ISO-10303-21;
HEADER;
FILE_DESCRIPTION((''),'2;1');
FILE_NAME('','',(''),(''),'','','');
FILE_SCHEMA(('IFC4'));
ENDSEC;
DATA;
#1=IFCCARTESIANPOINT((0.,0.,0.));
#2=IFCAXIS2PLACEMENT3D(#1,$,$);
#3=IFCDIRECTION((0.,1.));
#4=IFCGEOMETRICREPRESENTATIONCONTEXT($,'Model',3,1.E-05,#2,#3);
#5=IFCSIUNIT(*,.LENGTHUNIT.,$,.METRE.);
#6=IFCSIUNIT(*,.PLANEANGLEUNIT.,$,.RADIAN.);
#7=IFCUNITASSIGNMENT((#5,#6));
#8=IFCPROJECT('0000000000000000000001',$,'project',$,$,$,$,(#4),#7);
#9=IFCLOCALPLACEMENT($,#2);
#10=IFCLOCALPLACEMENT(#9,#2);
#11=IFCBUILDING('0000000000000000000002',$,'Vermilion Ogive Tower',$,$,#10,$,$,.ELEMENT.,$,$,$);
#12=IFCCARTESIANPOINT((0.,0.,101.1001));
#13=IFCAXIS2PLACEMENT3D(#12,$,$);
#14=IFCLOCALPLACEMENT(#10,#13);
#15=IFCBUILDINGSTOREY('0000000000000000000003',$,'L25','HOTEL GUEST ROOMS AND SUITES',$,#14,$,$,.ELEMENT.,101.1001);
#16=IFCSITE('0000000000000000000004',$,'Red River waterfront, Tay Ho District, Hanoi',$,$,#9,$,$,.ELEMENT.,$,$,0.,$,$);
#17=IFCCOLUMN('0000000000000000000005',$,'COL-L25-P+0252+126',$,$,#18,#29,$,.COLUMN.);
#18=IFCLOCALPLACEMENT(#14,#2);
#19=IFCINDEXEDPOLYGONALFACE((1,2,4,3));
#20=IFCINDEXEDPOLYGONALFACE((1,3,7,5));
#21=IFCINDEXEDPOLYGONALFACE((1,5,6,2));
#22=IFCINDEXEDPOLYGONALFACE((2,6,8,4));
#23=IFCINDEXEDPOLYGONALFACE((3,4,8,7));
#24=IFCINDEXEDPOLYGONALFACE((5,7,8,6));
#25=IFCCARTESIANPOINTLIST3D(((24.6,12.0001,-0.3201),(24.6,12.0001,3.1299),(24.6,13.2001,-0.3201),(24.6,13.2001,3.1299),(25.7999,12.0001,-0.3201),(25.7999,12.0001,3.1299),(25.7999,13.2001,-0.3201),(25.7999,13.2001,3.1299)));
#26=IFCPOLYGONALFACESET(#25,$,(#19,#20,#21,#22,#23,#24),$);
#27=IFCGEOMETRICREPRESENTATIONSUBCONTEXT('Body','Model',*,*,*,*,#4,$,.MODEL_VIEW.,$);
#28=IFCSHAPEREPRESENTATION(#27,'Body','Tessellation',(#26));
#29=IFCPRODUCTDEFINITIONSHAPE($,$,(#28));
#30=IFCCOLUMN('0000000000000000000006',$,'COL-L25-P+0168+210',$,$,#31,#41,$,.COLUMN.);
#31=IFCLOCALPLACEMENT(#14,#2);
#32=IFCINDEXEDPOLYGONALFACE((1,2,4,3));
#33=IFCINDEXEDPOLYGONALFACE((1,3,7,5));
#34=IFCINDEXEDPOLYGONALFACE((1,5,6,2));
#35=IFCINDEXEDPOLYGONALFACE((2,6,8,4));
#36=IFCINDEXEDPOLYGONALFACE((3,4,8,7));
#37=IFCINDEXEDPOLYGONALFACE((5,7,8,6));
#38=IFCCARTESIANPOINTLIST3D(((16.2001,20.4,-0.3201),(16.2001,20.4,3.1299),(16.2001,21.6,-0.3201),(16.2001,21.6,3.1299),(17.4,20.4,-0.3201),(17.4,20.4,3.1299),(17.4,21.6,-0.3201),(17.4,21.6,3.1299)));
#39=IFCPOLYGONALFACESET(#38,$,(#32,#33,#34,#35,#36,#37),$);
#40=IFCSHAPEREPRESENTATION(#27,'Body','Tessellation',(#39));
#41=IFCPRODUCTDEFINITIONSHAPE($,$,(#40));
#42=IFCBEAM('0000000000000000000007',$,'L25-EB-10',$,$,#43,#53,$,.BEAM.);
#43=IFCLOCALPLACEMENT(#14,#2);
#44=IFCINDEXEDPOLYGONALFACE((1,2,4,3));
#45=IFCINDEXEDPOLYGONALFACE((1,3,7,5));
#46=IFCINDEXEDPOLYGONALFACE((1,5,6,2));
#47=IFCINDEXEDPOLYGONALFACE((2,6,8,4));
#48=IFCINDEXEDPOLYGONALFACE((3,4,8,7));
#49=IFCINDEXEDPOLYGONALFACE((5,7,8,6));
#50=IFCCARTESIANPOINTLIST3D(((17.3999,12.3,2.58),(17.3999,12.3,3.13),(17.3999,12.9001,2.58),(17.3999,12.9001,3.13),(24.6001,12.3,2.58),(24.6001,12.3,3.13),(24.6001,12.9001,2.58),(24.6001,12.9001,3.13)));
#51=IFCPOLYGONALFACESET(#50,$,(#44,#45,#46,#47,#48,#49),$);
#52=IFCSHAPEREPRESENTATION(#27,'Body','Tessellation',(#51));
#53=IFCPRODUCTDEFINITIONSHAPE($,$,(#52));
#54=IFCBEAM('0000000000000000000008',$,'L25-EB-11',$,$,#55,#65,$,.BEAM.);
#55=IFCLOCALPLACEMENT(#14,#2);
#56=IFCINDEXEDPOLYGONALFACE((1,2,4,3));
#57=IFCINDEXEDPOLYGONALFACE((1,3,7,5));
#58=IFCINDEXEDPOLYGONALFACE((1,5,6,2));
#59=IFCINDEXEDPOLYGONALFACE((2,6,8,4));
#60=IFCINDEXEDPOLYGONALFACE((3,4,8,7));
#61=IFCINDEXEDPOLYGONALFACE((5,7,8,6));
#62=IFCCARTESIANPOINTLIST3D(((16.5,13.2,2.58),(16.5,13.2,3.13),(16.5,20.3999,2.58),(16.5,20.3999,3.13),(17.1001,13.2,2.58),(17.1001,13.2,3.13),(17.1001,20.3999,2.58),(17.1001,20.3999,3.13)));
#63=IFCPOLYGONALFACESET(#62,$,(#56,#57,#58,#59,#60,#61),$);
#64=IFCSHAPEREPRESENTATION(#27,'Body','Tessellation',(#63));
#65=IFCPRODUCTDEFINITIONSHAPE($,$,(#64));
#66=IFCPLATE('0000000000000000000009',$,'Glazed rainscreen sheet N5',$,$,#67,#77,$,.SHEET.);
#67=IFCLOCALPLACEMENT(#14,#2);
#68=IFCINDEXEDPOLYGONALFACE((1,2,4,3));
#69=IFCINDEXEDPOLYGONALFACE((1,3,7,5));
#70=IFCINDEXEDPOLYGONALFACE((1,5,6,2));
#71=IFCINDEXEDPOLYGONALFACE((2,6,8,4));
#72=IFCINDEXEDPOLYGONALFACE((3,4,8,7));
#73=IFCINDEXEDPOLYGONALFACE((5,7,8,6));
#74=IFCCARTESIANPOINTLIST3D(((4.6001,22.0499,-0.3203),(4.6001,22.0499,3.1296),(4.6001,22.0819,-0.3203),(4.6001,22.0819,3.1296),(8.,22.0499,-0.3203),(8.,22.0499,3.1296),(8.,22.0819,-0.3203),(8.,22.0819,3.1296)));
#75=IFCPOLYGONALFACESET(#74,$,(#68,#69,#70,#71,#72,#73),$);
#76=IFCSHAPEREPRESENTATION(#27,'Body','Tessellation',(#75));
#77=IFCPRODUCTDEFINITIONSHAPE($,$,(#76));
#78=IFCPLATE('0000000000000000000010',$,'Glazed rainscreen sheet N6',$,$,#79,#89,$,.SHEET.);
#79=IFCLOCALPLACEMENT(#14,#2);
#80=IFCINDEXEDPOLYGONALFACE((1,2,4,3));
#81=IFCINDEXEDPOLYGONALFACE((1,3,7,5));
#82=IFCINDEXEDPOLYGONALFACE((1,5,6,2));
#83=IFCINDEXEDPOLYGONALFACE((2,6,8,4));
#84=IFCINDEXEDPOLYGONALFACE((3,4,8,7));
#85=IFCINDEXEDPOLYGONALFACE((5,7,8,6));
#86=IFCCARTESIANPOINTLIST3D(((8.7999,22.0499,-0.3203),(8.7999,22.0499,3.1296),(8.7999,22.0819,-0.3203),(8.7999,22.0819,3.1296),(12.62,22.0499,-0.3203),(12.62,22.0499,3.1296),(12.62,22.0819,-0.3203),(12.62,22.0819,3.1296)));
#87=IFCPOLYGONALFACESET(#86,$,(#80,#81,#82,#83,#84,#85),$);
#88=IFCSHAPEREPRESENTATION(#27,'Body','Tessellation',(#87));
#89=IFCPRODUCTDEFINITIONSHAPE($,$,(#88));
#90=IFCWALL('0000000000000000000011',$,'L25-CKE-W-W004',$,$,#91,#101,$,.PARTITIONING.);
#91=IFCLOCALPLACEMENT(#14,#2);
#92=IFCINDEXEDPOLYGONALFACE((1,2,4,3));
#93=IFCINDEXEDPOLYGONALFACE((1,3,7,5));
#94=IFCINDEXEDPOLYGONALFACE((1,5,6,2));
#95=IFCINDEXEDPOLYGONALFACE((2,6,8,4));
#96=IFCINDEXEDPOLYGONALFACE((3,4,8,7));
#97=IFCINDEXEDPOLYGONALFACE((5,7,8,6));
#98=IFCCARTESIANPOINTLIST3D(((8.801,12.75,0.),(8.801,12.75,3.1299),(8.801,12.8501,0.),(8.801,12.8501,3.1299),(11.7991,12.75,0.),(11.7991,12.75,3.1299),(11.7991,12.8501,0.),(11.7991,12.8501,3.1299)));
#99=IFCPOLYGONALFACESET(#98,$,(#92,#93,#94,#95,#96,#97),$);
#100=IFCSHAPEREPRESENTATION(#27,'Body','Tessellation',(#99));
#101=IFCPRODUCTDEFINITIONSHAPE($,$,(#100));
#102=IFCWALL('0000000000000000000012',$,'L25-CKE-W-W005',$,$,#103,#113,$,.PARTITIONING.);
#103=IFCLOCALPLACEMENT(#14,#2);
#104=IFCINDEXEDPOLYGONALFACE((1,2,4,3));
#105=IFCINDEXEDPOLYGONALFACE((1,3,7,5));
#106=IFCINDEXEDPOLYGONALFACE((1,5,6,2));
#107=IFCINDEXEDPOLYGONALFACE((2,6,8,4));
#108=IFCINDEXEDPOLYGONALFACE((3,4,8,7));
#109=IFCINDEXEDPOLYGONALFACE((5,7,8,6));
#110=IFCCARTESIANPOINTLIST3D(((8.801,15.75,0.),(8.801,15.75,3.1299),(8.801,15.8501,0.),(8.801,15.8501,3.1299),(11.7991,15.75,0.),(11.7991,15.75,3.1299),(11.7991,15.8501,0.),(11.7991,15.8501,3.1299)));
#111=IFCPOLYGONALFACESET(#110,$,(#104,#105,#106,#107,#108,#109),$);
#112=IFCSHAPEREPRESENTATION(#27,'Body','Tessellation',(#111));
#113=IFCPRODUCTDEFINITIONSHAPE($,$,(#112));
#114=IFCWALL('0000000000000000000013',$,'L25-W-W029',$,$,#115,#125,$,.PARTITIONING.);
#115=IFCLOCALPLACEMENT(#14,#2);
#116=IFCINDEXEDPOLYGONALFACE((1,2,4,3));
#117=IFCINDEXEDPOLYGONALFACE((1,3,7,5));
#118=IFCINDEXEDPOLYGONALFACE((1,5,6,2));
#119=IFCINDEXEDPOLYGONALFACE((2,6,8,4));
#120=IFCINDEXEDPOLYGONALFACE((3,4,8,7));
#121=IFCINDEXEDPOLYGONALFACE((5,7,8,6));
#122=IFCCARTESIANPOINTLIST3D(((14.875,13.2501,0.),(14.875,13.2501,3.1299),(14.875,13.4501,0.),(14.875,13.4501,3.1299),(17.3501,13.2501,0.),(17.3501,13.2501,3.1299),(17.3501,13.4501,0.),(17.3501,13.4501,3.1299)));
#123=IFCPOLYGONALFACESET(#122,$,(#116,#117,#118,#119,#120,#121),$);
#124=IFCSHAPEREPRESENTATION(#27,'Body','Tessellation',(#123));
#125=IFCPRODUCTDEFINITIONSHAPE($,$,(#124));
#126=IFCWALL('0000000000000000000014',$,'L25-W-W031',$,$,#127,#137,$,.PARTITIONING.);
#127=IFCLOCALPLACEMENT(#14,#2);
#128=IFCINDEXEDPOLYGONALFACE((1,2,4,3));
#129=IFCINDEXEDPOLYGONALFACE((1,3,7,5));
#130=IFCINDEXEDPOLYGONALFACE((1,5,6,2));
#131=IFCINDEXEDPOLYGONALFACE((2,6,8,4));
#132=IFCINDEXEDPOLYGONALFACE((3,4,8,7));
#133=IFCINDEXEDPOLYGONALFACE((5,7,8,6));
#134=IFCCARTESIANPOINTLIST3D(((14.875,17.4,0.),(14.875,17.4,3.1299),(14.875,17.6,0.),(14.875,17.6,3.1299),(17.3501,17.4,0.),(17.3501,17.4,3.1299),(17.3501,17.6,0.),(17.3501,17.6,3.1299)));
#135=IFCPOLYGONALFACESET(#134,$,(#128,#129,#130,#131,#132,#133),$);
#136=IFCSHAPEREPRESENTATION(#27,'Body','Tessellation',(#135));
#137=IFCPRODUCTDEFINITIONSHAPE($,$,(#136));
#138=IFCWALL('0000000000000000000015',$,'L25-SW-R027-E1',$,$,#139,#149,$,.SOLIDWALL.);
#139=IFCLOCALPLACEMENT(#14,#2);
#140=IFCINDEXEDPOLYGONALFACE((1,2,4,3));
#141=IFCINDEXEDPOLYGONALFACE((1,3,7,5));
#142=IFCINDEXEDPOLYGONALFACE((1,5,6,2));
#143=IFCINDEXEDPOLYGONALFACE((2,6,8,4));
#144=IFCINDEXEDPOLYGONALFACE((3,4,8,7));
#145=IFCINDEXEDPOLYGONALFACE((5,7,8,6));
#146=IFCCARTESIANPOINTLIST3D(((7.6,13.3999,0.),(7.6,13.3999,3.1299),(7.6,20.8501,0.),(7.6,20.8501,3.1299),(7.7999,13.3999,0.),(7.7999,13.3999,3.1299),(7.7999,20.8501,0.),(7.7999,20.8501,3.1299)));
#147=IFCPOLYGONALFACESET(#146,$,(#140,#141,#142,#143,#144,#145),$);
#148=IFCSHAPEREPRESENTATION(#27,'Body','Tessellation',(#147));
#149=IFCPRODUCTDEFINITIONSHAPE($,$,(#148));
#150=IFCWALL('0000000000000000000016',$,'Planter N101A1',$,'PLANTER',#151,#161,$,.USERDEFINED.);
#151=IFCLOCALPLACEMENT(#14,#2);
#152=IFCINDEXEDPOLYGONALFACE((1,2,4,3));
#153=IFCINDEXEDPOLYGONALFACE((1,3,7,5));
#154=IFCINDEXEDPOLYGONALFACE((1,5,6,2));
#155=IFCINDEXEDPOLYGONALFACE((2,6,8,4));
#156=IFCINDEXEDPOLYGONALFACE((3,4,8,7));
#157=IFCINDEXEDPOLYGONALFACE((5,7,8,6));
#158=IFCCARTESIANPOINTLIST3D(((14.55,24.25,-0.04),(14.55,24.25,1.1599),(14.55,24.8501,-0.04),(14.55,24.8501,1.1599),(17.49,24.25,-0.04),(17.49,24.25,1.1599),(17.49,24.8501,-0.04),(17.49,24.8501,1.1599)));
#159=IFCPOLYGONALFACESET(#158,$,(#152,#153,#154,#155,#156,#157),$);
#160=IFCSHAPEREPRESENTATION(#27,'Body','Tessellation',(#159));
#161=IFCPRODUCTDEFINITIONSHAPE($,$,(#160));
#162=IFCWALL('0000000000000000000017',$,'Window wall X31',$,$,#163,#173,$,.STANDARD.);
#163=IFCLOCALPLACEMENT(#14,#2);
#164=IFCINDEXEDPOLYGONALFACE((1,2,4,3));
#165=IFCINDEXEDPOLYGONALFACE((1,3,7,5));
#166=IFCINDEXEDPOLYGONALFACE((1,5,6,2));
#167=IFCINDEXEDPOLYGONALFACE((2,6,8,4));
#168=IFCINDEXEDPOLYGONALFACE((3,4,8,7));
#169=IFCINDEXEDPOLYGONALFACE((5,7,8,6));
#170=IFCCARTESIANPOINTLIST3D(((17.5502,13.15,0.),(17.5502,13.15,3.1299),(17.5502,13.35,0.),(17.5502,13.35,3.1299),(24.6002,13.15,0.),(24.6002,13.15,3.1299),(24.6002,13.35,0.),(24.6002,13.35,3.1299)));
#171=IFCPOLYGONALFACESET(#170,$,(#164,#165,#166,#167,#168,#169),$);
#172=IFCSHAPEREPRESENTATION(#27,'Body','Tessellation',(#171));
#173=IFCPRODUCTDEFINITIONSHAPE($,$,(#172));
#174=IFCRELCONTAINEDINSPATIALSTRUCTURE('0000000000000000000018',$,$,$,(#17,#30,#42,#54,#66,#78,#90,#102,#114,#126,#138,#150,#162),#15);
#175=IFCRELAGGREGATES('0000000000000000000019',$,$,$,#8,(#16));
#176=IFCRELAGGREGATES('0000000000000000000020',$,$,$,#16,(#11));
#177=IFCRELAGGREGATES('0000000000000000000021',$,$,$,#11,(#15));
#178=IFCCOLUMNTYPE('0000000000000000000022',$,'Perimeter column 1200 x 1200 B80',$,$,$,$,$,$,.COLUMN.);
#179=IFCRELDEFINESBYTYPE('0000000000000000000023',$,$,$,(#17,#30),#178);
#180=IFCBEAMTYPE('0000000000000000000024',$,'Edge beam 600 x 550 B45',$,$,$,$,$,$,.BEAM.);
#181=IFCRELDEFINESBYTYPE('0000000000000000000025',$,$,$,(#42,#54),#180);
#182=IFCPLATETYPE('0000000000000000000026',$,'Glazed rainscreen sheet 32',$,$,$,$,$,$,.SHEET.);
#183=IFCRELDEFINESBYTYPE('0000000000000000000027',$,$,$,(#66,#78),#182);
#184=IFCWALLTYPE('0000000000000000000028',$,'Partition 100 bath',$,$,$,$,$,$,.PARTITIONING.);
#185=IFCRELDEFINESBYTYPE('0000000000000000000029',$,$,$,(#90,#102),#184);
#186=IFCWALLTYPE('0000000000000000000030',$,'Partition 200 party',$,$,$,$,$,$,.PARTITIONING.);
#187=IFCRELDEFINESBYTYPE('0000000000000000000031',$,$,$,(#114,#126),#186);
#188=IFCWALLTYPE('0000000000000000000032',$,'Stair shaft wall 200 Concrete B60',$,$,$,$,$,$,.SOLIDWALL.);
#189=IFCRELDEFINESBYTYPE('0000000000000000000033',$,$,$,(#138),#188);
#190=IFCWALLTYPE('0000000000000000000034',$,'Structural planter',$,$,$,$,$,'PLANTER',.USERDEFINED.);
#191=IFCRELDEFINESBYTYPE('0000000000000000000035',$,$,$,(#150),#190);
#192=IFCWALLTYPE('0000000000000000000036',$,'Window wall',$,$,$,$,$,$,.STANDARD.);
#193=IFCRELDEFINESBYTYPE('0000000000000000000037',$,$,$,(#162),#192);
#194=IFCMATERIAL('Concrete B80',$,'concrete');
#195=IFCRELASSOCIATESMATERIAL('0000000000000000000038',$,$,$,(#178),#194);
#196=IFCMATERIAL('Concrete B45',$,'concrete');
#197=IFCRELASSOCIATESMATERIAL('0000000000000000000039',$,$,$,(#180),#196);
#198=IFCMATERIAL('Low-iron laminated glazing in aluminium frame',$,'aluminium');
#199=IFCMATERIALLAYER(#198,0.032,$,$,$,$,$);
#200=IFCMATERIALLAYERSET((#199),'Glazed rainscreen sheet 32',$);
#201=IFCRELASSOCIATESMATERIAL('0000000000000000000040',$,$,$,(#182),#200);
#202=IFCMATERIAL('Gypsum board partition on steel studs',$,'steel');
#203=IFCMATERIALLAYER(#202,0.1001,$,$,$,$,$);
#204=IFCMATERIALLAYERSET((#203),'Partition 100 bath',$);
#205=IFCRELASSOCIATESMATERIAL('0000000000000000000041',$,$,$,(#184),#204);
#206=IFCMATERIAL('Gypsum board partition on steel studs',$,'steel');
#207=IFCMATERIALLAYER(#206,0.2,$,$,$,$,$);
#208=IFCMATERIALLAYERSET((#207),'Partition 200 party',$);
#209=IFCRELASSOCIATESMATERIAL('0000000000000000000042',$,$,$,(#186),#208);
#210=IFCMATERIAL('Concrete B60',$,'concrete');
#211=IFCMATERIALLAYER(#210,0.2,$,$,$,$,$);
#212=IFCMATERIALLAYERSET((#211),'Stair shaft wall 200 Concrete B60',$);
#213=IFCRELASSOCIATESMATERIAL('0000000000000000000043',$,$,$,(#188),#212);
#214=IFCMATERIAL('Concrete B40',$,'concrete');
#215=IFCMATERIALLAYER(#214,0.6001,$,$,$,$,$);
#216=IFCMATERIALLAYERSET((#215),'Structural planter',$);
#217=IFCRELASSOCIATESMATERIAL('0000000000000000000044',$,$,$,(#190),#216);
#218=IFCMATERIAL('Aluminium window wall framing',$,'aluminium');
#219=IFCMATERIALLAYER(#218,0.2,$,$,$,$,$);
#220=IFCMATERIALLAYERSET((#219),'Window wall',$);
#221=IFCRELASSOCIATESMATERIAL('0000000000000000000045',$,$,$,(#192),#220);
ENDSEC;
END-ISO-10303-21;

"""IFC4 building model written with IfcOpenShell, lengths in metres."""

from ifc_helpers import new_model, si_unit, direction, frame, frame_2d, origin, origin_2d, place, context, subcontext, project, spatial, rectangle, extrude, material, layer, layer_set, material_profile, profile_set, type_object, element, save


model = new_model("IFC4")

# Units and contexts
model_context = context("Model", 3, precision=1e-05, world=origin(), true_north=direction((0.0, 1.0)))
body_context = subcontext(model_context, "Body", "Model", "MODEL_VIEW")
ifc_project = project(units=[si_unit("LENGTHUNIT", "METRE"), si_unit("PLANEANGLEUNIT", "RADIAN")], contexts=[model_context])

# Site, building, storey
site_placement = place(None, origin())
site = spatial("IfcSite", under=ifc_project, at=site_placement, Name="Red River waterfront, Tay Ho District, Hanoi", CompositionType="ELEMENT", RefElevation=0.0)
building_placement = place(site_placement, origin())
building = spatial("IfcBuilding", under=site, at=building_placement, Name="Vermilion Ogive Tower", CompositionType="ELEMENT")
storey_placement = place(building_placement, frame((0.0, 0.0, 101.1001)))
storey = spatial("IfcBuildingStorey", under=building, at=storey_placement, Name="L25", Description="HOTEL GUEST ROOMS AND SUITES", CompositionType="ELEMENT", Elevation=101.1001)

# Columns
ifc_material_1 = material(Name="Concrete B80", Category="concrete")
ifc_material_profile_1 = material_profile(ifc_material_1, rectangle(XDim=1.2, YDim=1.2, at=origin_2d()), Name="1200 x 1200")
ifc_profile_set_1 = profile_set([ifc_material_profile_1], Name="Concrete B80")
column_type = type_object("IfcColumnType", Name="Perimeter column 1200 x 1200 B80", PredefinedType="COLUMN", material=ifc_profile_set_1)
for number, where, z_axis, x_axis, name in (
    (1, (25.2, 12.6001, -0.3201), (0.0, 0.0, 1.0), (1.0, 0.0, 0.0), "COL-L25-P+0252+126"),
    (2, (16.8, 21.0, -0.3201), (0.0, 0.0, 1.0), (1.0, 0.0, 0.0), "COL-L25-P+0168+210"),
):
    element("IfcColumn", number, at=place(storey_placement, frame(where, z_axis=z_axis, x_axis=x_axis)), inside=storey, type_object=column_type, Name=name, PredefinedType="COLUMN", context=body_context, shape_type="SweptSolid", body=[
        extrude(rectangle(XDim=1.2, YDim=1.2, at=origin_2d()), origin(), (0.0, 0.0, 1.0), 3.45),
    ])

# Beams
ifc_material_2 = material(Name="Concrete B45", Category="concrete")
ifc_material_profile_2 = material_profile(ifc_material_2, rectangle(XDim=0.6001, YDim=0.55, at=origin_2d()), Name="600 x 550")
ifc_profile_set_2 = profile_set([ifc_material_profile_2], Name="Concrete B45")
beam_type = type_object("IfcBeamType", Name="Edge beam 600 x 550 B45", PredefinedType="BEAM", material=ifc_profile_set_2)
beam_1_placement = place(storey_placement, frame((24.6001, 12.6001, 2.855), z_axis=(-1.0, 0.0, 0.0), x_axis=(0.0, -1.0, 0.0)))
element("IfcBeam", 3, at=beam_1_placement, inside=storey, type_object=beam_type, Name="L25-EB-10", PredefinedType="BEAM", context=body_context, shape_type="SweptSolid", body=[
    extrude(rectangle(XDim=0.6001, YDim=0.55, at=origin_2d()), origin(), (0.0, 0.0, 1.0), 7.2002),
])
beam_2_placement = place(storey_placement, frame((16.8, 13.2, 2.855), z_axis=(0.0, 1.0, 0.0), x_axis=(-1.0, 0.0, 0.0)))
element("IfcBeam", 4, at=beam_2_placement, inside=storey, type_object=beam_type, Name="L25-EB-11", PredefinedType="BEAM", context=body_context, shape_type="SweptSolid", body=[
    extrude(rectangle(XDim=0.6001, YDim=0.55, at=origin_2d()), origin(), (0.0, 0.0, 1.0), 7.2),
])

# Plates
ifc_material_3 = material(Name="Low-iron laminated glazing in aluminium frame", Category="aluminium")
ifc_layer_1 = layer(ifc_material_3, 0.032)
ifc_layer_set_1 = layer_set([ifc_layer_1], Name="Glazed rainscreen sheet 32")
plate_type = type_object("IfcPlateType", Name="Glazed rainscreen sheet 32", PredefinedType="SHEET", material=ifc_layer_set_1)
plate_1_placement = place(storey_placement, frame((6.3, 22.0659, -0.3203), z_axis=(0.0, 0.0, 1.0), x_axis=(1.0, 0.0, 0.0)))
element("IfcPlate", 5, at=plate_1_placement, inside=storey, type_object=plate_type, Name="Glazed rainscreen sheet N5", PredefinedType="SHEET", context=body_context, shape_type="SweptSolid", body=[
    extrude(rectangle(XDim=3.3999, YDim=0.032, at=origin_2d()), origin(), (0.0, 0.0, 1.0), 3.45),
])
plate_2_placement = place(storey_placement, frame((10.71, 22.0659, -0.3203), z_axis=(0.0, 0.0, 1.0), x_axis=(1.0, 0.0, 0.0)))
element("IfcPlate", 6, at=plate_2_placement, inside=storey, type_object=plate_type, Name="Glazed rainscreen sheet N6", PredefinedType="SHEET", context=body_context, shape_type="SweptSolid", body=[
    extrude(rectangle(XDim=3.8201, YDim=0.032, at=origin_2d()), origin(), (0.0, 0.0, 1.0), 3.45),
])

# Walls
ifc_material_4 = material(Name="Gypsum board partition on steel studs", Category="steel")
ifc_layer_2 = layer(ifc_material_4, 0.1001)
ifc_layer_set_2 = layer_set([ifc_layer_2], Name="Partition 100 bath")
wall_type_1 = type_object("IfcWallType", Name="Partition 100 bath", PredefinedType="PARTITIONING", material=ifc_layer_set_2)
for number, where, z_axis, x_axis, name in (
    (7, (8.801, 12.8, 0.0), (0.0, 0.0, 1.0), (1.0, 0.0, 0.0), "L25-CKE-W-W004"),
    (8, (8.801, 15.8, 0.0), (0.0, 0.0, 1.0), (1.0, 0.0, 0.0), "L25-CKE-W-W005"),
):
    element("IfcWall", number, at=place(storey_placement, frame(where, z_axis=z_axis, x_axis=x_axis)), inside=storey, type_object=wall_type_1, Name=name, PredefinedType="PARTITIONING", context=body_context, shape_type="SweptSolid", body=[
        extrude(rectangle(XDim=2.998, YDim=0.1001, at=frame_2d((1.499, 0.0))), origin(), (0.0, 0.0, 1.0), 3.1299),
    ])
ifc_material_5 = material(Name="Gypsum board partition on steel studs", Category="steel")
ifc_layer_3 = layer(ifc_material_5, 0.2)
ifc_layer_set_3 = layer_set([ifc_layer_3], Name="Partition 200 party")
wall_type_2 = type_object("IfcWallType", Name="Partition 200 party", PredefinedType="PARTITIONING", material=ifc_layer_set_3)
for number, where, z_axis, x_axis, name in (
    (9, (14.875, 13.3501, 0.0), (0.0, 0.0, 1.0), (1.0, 0.0, 0.0), "L25-W-W029"),
    (10, (14.875, 17.5, 0.0), (0.0, 0.0, 1.0), (1.0, 0.0, 0.0), "L25-W-W031"),
):
    element("IfcWall", number, at=place(storey_placement, frame(where, z_axis=z_axis, x_axis=x_axis)), inside=storey, type_object=wall_type_2, Name=name, PredefinedType="PARTITIONING", context=body_context, shape_type="SweptSolid", body=[
        extrude(rectangle(XDim=2.4751, YDim=0.2, at=frame_2d((1.2375, 0.0))), origin(), (0.0, 0.0, 1.0), 3.1299),
    ])
ifc_material_6 = material(Name="Concrete B60", Category="concrete")
ifc_layer_4 = layer(ifc_material_6, 0.2)
ifc_layer_set_4 = layer_set([ifc_layer_4], Name="Stair shaft wall 200 Concrete B60")
wall_type_3 = type_object("IfcWallType", Name="Stair shaft wall 200 Concrete B60", PredefinedType="SOLIDWALL", material=ifc_layer_set_4)
wall_1_placement = place(storey_placement, frame((7.7, 13.3999, 0.0), z_axis=(0.0, 0.0, 1.0), x_axis=(0.0, 1.0, 0.0)))
element("IfcWall", 11, at=wall_1_placement, inside=storey, type_object=wall_type_3, Name="L25-SW-R027-E1", PredefinedType="SOLIDWALL", context=body_context, shape_type="SweptSolid", body=[
    extrude(rectangle(XDim=7.4502, YDim=0.2, at=frame_2d((3.7251, 0.0))), origin(), (0.0, 0.0, 1.0), 3.1299),
])
ifc_material_7 = material(Name="Concrete B40", Category="concrete")
ifc_layer_5 = layer(ifc_material_7, 0.6001)
ifc_layer_set_5 = layer_set([ifc_layer_5], Name="Structural planter")
wall_type_4 = type_object("IfcWallType", Name="Structural planter", ElementType="PLANTER", PredefinedType="USERDEFINED", material=ifc_layer_set_5)
wall_2_placement = place(storey_placement, frame((17.49, 24.55, -0.04), z_axis=(0.0, 0.0, 1.0), x_axis=(-1.0, 0.0, 0.0)))
element("IfcWall", 12, at=wall_2_placement, inside=storey, type_object=wall_type_4, Name="Planter N101A1", ObjectType="PLANTER", PredefinedType="USERDEFINED", context=body_context, shape_type="SweptSolid", body=[
    extrude(rectangle(XDim=2.9399, YDim=0.6001, at=frame_2d((1.47, 0.0))), origin(), (0.0, 0.0, 1.0), 1.2),
])
ifc_material_8 = material(Name="Aluminium window wall framing", Category="aluminium")
ifc_layer_6 = layer(ifc_material_8, 0.2)
ifc_layer_set_6 = layer_set([ifc_layer_6], Name="Window wall")
wall_type_5 = type_object("IfcWallType", Name="Window wall", PredefinedType="STANDARD", material=ifc_layer_set_6)
wall_3_placement = place(storey_placement, frame((24.6001, 13.25, 0.0), z_axis=(0.0, 0.0, 1.0), x_axis=(-1.0, 0.0, 0.0)))
element("IfcWall", 13, at=wall_3_placement, inside=storey, type_object=wall_type_5, Name="Window wall X31", PredefinedType="STANDARD", context=body_context, shape_type="SweptSolid", body=[
    extrude(rectangle(XDim=7.05, YDim=0.2, at=frame_2d((3.5249, 0.0))), origin(), (0.0, 0.0, 1.0), 3.1299),
])

save(model, "model.ifc")
